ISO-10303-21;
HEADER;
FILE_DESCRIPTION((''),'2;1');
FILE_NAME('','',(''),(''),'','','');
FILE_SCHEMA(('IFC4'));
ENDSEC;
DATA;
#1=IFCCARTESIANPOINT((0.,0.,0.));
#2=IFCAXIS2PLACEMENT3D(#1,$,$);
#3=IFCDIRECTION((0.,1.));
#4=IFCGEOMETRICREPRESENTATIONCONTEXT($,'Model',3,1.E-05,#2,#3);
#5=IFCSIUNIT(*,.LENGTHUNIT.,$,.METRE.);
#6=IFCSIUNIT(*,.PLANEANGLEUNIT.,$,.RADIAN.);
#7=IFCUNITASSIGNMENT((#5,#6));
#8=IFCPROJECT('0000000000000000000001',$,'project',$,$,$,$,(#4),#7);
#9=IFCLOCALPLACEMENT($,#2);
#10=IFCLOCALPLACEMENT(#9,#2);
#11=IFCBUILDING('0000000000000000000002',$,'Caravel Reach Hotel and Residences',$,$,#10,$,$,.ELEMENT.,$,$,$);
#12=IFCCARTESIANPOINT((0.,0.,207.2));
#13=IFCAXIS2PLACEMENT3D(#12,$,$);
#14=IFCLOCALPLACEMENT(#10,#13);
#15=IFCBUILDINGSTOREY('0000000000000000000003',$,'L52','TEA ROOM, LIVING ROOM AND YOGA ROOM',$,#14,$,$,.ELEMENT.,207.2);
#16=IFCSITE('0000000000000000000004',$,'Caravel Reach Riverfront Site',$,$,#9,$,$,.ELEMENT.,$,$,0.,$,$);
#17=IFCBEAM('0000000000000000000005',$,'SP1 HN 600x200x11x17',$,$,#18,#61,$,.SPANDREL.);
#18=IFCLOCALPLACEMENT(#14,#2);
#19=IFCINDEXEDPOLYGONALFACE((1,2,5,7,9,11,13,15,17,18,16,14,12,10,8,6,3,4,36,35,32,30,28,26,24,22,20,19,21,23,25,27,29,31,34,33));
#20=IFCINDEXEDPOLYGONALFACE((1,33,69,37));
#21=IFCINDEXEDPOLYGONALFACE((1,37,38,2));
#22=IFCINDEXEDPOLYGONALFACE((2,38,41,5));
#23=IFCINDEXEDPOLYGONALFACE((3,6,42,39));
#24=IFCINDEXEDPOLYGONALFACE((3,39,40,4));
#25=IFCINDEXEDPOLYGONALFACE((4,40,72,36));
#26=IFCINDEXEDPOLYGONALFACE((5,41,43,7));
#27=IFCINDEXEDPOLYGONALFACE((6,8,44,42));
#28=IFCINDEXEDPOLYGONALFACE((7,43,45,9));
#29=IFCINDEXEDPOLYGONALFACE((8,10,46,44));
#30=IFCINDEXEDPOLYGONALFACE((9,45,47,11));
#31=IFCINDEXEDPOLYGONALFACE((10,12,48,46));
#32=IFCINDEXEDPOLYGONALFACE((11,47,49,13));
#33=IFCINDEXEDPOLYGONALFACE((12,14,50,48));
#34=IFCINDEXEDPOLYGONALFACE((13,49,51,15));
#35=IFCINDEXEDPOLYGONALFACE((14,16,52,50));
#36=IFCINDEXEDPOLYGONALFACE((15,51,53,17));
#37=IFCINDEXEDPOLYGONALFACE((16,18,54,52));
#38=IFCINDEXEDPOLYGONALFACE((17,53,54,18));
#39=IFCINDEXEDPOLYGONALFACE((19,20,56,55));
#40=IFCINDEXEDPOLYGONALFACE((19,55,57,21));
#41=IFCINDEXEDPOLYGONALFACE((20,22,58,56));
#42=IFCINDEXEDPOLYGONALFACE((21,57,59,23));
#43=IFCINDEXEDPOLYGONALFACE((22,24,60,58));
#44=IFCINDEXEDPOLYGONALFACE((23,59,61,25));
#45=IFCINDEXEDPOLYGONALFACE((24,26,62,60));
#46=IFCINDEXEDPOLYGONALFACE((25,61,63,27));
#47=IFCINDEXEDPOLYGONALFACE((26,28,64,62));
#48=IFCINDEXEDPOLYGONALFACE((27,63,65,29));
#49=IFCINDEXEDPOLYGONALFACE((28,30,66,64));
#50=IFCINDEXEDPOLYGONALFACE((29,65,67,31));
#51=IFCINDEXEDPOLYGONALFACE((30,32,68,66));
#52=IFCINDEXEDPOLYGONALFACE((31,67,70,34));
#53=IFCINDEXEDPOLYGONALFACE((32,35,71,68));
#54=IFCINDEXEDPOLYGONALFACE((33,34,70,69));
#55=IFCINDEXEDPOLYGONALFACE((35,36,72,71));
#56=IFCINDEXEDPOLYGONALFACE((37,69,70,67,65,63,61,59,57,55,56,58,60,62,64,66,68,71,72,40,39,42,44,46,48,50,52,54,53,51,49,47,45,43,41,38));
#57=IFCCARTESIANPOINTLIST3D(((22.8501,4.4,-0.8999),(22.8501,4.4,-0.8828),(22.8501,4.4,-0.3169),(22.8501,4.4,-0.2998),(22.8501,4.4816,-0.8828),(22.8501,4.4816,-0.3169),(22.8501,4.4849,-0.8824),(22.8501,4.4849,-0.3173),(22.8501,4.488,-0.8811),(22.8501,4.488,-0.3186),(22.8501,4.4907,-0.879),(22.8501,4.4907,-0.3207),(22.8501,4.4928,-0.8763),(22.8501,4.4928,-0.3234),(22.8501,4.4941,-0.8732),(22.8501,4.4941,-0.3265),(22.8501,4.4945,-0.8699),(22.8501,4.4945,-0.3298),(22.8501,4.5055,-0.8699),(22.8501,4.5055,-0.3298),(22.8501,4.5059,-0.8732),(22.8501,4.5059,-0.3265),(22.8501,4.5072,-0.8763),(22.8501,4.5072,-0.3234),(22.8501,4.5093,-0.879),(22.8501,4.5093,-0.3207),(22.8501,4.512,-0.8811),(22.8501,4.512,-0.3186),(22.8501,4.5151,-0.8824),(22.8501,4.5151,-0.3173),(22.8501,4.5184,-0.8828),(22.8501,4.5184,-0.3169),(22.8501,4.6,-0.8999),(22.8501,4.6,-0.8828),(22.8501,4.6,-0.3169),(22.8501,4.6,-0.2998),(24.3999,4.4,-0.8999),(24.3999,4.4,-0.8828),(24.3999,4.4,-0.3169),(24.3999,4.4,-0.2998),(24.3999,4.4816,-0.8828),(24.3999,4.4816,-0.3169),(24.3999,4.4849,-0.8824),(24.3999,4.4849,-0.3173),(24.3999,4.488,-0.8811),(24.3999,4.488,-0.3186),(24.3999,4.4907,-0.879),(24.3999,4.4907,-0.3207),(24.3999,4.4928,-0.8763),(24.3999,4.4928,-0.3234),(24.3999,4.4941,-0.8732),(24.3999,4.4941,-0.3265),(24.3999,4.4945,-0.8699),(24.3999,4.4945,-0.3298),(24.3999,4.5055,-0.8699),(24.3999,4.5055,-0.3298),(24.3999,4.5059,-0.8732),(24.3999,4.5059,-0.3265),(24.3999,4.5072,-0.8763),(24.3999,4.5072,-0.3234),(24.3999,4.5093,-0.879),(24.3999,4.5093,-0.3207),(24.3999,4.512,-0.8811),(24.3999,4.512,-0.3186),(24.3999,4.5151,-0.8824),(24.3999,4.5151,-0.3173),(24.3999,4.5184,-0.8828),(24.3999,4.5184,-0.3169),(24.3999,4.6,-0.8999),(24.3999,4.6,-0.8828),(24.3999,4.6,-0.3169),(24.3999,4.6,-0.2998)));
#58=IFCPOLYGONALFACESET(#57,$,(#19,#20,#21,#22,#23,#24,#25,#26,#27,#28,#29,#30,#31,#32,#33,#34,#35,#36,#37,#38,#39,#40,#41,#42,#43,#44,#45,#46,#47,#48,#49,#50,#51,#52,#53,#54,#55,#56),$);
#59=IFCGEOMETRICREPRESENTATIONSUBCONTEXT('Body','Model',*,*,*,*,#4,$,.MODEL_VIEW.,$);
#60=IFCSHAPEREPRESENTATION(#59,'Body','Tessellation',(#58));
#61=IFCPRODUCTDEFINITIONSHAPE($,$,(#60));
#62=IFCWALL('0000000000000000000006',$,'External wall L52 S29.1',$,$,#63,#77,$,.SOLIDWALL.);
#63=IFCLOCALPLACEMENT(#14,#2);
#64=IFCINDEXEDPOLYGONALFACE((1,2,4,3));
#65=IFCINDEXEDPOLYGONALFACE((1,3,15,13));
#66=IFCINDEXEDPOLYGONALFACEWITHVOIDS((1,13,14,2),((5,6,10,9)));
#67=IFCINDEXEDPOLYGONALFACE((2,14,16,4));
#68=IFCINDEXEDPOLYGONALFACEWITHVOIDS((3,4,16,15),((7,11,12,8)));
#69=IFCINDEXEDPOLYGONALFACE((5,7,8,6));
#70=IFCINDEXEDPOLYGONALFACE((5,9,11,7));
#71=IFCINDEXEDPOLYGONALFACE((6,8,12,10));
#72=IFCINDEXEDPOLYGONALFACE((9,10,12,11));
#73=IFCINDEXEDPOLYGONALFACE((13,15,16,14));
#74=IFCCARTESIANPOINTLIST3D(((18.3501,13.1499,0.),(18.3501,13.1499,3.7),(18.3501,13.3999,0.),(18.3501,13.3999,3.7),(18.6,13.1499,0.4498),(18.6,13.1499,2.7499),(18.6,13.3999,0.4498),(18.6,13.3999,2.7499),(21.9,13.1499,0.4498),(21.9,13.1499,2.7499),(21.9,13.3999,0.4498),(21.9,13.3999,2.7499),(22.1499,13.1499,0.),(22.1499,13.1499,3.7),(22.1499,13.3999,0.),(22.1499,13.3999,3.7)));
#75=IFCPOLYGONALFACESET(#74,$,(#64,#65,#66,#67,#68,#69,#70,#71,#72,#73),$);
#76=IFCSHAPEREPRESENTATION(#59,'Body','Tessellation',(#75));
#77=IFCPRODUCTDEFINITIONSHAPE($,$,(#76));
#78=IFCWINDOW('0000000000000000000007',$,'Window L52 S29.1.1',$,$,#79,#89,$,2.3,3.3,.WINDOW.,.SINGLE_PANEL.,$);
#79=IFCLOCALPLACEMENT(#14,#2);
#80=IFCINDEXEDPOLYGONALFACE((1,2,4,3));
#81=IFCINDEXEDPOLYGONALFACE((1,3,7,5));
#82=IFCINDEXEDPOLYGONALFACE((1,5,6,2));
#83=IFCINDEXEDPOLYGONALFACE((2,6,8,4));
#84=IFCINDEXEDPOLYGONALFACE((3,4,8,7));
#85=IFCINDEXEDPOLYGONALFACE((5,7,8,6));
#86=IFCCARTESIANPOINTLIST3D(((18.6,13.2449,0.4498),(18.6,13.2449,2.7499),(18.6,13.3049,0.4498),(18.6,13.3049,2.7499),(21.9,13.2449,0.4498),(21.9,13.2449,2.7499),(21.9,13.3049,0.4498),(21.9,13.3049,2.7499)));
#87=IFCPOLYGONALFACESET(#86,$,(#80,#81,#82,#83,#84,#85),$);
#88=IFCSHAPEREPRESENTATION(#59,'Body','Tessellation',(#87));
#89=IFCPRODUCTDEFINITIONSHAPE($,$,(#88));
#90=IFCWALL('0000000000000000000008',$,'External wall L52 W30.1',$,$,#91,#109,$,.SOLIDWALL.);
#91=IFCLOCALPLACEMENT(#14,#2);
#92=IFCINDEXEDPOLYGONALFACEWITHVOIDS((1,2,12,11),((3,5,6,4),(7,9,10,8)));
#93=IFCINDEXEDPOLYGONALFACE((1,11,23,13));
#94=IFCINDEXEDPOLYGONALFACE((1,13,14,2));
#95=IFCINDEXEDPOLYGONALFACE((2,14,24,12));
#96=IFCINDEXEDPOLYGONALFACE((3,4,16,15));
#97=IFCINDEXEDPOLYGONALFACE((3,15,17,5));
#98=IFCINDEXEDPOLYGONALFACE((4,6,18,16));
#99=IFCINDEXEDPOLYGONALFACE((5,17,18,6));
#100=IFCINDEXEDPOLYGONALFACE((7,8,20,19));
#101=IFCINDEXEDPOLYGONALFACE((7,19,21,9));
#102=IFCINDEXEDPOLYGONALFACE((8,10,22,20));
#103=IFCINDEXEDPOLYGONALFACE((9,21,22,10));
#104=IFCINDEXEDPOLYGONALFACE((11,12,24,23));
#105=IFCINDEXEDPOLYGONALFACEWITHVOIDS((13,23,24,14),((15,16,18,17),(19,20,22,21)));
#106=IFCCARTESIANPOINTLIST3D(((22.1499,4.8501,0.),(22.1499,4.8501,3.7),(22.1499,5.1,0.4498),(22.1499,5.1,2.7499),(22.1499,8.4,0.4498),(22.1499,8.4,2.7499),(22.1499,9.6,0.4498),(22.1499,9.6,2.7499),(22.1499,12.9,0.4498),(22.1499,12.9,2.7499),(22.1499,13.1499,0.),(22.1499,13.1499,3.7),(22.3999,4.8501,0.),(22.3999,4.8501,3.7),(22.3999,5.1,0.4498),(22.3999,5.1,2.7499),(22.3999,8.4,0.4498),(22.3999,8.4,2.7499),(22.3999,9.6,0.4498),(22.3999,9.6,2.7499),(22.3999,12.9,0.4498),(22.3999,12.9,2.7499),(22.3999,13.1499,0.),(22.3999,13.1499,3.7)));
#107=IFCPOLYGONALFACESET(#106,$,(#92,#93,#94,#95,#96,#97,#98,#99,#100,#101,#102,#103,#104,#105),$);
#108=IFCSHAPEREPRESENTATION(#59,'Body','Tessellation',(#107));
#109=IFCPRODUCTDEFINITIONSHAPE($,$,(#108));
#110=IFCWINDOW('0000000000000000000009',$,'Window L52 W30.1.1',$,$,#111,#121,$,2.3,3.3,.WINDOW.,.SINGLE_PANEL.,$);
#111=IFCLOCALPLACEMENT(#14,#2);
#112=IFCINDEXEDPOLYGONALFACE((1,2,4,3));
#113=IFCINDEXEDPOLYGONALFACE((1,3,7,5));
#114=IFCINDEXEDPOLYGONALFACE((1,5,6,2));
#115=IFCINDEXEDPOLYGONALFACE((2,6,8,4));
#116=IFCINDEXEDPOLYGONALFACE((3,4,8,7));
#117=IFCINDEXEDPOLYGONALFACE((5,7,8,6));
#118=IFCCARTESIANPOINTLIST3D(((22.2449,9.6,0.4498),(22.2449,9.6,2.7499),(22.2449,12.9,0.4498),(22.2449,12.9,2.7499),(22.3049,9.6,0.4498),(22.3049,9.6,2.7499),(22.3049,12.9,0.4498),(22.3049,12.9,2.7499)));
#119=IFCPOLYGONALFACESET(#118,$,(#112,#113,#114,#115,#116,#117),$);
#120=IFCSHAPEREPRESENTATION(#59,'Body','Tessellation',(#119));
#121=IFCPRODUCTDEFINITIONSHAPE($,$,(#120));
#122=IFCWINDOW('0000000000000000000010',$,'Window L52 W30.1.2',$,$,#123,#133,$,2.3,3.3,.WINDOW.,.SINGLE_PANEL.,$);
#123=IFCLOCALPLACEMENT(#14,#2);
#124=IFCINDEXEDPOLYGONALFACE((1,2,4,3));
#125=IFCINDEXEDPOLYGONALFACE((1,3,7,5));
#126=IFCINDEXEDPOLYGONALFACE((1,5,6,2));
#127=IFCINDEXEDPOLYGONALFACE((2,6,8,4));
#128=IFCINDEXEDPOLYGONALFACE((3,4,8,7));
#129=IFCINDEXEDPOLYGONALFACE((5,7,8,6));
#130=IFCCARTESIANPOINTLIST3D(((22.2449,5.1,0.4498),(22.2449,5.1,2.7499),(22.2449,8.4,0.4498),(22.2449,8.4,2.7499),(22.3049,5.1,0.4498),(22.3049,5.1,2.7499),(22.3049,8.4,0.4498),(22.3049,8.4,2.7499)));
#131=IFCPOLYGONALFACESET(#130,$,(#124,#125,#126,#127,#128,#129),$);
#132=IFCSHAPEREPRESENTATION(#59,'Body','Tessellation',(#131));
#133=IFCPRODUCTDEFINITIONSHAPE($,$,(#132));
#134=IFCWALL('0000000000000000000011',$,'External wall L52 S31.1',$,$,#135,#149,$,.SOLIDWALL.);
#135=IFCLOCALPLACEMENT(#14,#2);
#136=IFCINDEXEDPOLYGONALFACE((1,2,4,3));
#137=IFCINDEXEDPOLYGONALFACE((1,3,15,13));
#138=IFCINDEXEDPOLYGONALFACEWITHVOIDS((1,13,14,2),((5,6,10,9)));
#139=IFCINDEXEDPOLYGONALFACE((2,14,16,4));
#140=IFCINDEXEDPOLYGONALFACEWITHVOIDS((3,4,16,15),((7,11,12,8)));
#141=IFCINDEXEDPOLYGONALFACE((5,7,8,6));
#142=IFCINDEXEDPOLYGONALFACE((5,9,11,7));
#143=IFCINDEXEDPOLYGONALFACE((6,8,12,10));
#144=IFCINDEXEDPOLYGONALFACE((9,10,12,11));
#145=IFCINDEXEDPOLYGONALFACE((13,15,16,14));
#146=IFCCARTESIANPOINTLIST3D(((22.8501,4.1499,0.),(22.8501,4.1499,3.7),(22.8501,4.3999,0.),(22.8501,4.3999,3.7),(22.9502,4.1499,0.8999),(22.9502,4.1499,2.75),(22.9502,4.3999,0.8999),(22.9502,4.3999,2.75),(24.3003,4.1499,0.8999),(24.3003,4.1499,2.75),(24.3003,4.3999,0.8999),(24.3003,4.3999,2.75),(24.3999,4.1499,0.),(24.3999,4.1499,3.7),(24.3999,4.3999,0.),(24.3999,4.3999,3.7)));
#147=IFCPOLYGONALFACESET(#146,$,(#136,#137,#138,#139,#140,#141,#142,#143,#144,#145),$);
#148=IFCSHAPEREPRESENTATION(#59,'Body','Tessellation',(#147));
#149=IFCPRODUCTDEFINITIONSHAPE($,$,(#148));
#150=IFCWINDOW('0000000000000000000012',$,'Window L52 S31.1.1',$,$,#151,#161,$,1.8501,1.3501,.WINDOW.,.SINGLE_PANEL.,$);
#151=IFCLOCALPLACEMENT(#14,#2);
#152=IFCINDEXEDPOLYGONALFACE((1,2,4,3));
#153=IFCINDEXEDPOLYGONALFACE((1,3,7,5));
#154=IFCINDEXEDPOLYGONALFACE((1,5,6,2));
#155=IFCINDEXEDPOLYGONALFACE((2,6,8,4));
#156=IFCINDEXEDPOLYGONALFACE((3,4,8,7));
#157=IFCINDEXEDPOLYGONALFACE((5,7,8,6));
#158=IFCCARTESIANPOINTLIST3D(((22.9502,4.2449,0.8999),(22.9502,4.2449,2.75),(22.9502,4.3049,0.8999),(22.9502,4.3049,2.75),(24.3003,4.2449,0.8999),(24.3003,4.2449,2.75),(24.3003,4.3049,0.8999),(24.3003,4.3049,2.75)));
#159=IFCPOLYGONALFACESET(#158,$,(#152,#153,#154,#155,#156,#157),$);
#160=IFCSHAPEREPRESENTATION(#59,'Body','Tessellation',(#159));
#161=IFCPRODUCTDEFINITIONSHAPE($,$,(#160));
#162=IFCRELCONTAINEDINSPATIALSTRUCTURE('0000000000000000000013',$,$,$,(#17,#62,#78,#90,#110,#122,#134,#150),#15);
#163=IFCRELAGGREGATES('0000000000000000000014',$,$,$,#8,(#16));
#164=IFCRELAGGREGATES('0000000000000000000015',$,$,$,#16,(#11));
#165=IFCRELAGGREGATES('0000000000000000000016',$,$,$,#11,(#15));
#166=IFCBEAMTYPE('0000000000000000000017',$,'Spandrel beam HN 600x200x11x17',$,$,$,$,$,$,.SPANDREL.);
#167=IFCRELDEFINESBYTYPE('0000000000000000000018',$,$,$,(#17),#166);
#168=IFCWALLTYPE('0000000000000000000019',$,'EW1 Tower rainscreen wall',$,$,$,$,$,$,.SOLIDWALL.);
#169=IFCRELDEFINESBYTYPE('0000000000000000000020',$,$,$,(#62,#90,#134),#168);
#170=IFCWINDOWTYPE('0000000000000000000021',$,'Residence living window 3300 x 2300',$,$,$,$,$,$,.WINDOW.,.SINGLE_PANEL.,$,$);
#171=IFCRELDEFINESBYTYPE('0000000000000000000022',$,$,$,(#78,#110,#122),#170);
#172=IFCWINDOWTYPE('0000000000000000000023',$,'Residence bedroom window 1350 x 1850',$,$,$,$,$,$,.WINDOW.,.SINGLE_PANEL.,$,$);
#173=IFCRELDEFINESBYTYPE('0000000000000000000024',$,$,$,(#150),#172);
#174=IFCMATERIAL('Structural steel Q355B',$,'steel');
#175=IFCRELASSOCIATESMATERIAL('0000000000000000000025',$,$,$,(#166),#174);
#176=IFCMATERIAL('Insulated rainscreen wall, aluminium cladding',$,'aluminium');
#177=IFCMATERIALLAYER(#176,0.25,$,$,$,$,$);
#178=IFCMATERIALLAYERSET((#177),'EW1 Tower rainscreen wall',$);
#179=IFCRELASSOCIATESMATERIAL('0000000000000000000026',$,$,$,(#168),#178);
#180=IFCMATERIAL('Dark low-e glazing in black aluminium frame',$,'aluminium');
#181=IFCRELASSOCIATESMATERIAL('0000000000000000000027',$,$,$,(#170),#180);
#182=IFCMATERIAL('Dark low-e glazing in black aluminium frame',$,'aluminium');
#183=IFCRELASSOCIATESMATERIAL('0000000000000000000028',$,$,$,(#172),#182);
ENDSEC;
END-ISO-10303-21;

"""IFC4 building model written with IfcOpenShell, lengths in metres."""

from ifc_helpers import new_model, si_unit, direction, frame, frame_2d, origin, origin_2d, place, context, subcontext, project, spatial, rectangle, i_section, extrude, material, layer, layer_set, material_profile, profile_set, type_object, element, fill, save


model = new_model("IFC4")

# Units and contexts
model_context = context("Model", 3, precision=1e-05, world=origin(), true_north=direction((0.0, 1.0)))
body_context = subcontext(model_context, "Body", "Model", "MODEL_VIEW")
ifc_project = project(units=[si_unit("LENGTHUNIT", "METRE"), si_unit("PLANEANGLEUNIT", "RADIAN")], contexts=[model_context])

# Site, building, storey
site_placement = place(None, origin())
site = spatial("IfcSite", under=ifc_project, at=site_placement, Name="Caravel Reach Riverfront Site", CompositionType="ELEMENT", RefElevation=0.0)
building_placement = place(site_placement, origin())
building = spatial("IfcBuilding", under=site, at=building_placement, Name="Caravel Reach Hotel and Residences", CompositionType="ELEMENT")
storey_placement = place(building_placement, frame((0.0, 0.0, 207.2)))
storey = spatial("IfcBuildingStorey", under=building, at=storey_placement, Name="L52", Description="TEA ROOM, LIVING ROOM AND YOGA ROOM", CompositionType="ELEMENT", Elevation=207.2)

# Beam
ifc_material_1 = material(Name="Structural steel Q355B", Category="steel")
ifc_material_profile_1 = material_profile(ifc_material_1, i_section(OverallWidth=0.2, OverallDepth=0.6001, WebThickness=0.011, FlangeThickness=0.0171, FilletRadius=0.0129, at=origin_2d()), Name="HN 600x200x11x17")
ifc_profile_set_1 = profile_set([ifc_material_profile_1], Name="Structural steel Q355B")
beam_type_1 = type_object("IfcBeamType", Name="Spandrel beam HN 600x200x11x17", PredefinedType="SPANDREL", material=ifc_profile_set_1)
beam_1_placement = place(storey_placement, frame((22.8501, 4.5, -0.5999), z_axis=(1.0, 0.0, 0.0), x_axis=(0.0, 1.0, 0.0)))
element("IfcBeam", 1, at=beam_1_placement, inside=storey, type_object=beam_type_1, Name="SP1 HN 600x200x11x17", PredefinedType="SPANDREL", context=body_context, shape_type="SweptSolid", body=[
    extrude(i_section(OverallWidth=0.2, OverallDepth=0.6001, WebThickness=0.011, FlangeThickness=0.0171, FilletRadius=0.0129, at=origin_2d()), origin(), (0.0, 0.0, 1.0), 1.5498),
])

# Wall, opening, window
ifc_material_2 = material(Name="Insulated rainscreen wall, aluminium cladding", Category="aluminium")
ifc_layer_1 = layer(ifc_material_2, 0.25)
ifc_layer_set_1 = layer_set([ifc_layer_1], Name="EW1 Tower rainscreen wall")
wall_type_1 = type_object("IfcWallType", Name="EW1 Tower rainscreen wall", PredefinedType="SOLIDWALL", material=ifc_layer_set_1)
wall_1_placement = place(storey_placement, frame((18.3501, 13.2749, 0.0), z_axis=(0.0, 0.0, 1.0), x_axis=(1.0, 0.0, 0.0)))
wall_1 = element("IfcWall", 2, at=wall_1_placement, inside=storey, type_object=wall_type_1, Name="External wall L52 S29.1", PredefinedType="SOLIDWALL", context=body_context, shape_type="SweptSolid", body=[
    extrude(rectangle(XDim=3.7998, YDim=0.25, at=frame_2d((1.8999, 0.0))), origin(), (0.0, 0.0, 1.0), 3.7),
])
opening_1_placement = place(wall_1_placement, frame((0.25, 0.0, 0.45)))
opening_1 = element("IfcOpeningElement", 3, at=opening_1_placement, cuts=wall_1, PredefinedType="OPENING", context=body_context, shape_type="SweptSolid", body=[
    extrude(rectangle(XDim=3.3, YDim=2.3, at=frame_2d((1.6499, 1.1499))), frame((0.0, 0.135, 0.0), z_axis=(0.0, -1.0, 0.0), x_axis=(1.0, 0.0, 0.0)), (0.0, 0.0, 1.0), 0.27),
])
ifc_material_3 = material(Name="Dark low-e glazing in black aluminium frame", Category="aluminium")
window_type_1 = type_object("IfcWindowType", Name="Residence living window 3300 x 2300", PartitioningType="SINGLE_PANEL", PredefinedType="WINDOW", material=ifc_material_3)
window_1_placement = place(opening_1_placement, origin())
window_1 = element("IfcWindow", 4, at=window_1_placement, inside=storey, type_object=window_type_1, Name="Window L52 S29.1.1", OverallHeight=2.3, OverallWidth=3.3, PartitioningType="SINGLE_PANEL", PredefinedType="WINDOW", context=body_context, shape_type="SweptSolid", body=[
    extrude(rectangle(XDim=3.3, YDim=2.3, at=frame_2d((1.6499, 1.1499))), frame((0.0, 0.03, 0.0), z_axis=(0.0, -1.0, 0.0), x_axis=(1.0, 0.0, 0.0)), (0.0, 0.0, 1.0), 0.0601),
])
fill(opening_1, window_1)

# Wall, openings, windows
wall_2_placement = place(storey_placement, frame((22.2749, 13.1499, 0.0), z_axis=(0.0, 0.0, 1.0), x_axis=(0.0, -1.0, 0.0)))
wall_2 = element("IfcWall", 5, at=wall_2_placement, inside=storey, type_object=wall_type_1, Name="External wall L52 W30.1", PredefinedType="SOLIDWALL", context=body_context, shape_type="SweptSolid", body=[
    extrude(rectangle(XDim=8.2998, YDim=0.25, at=frame_2d((4.1499, 0.0))), origin(), (0.0, 0.0, 1.0), 3.7),
])
opening_2_placement = place(wall_2_placement, frame((0.25, 0.0, 0.45)))
opening_2 = element("IfcOpeningElement", 6, at=opening_2_placement, cuts=wall_2, PredefinedType="OPENING", context=body_context, shape_type="SweptSolid", body=[
    extrude(rectangle(XDim=3.3, YDim=2.3, at=frame_2d((1.6499, 1.1499))), frame((0.0, 0.135, 0.0), z_axis=(0.0, -1.0, 0.0), x_axis=(1.0, 0.0, 0.0)), (0.0, 0.0, 1.0), 0.27),
])
opening_3_placement = place(wall_2_placement, frame((4.75, 0.0, 0.45)))
opening_3 = element("IfcOpeningElement", 7, at=opening_3_placement, cuts=wall_2, PredefinedType="OPENING", context=body_context, shape_type="SweptSolid", body=[
    extrude(rectangle(XDim=3.3, YDim=2.3, at=frame_2d((1.6499, 1.1499))), frame((0.0, 0.135, 0.0), z_axis=(0.0, -1.0, 0.0), x_axis=(1.0, 0.0, 0.0)), (0.0, 0.0, 1.0), 0.27),
])
window_2_placement = place(opening_2_placement, origin())
window_2 = element("IfcWindow", 8, at=window_2_placement, inside=storey, type_object=window_type_1, Name="Window L52 W30.1.1", OverallHeight=2.3, OverallWidth=3.3, PartitioningType="SINGLE_PANEL", PredefinedType="WINDOW", context=body_context, shape_type="SweptSolid", body=[
    extrude(rectangle(XDim=3.3, YDim=2.3, at=frame_2d((1.6499, 1.1499))), frame((0.0, 0.03, 0.0), z_axis=(0.0, -1.0, 0.0), x_axis=(1.0, 0.0, 0.0)), (0.0, 0.0, 1.0), 0.0601),
])
fill(opening_2, window_2)
window_3_placement = place(opening_3_placement, origin())
window_3 = element("IfcWindow", 9, at=window_3_placement, inside=storey, type_object=window_type_1, Name="Window L52 W30.1.2", OverallHeight=2.3, OverallWidth=3.3, PartitioningType="SINGLE_PANEL", PredefinedType="WINDOW", context=body_context, shape_type="SweptSolid", body=[
    extrude(rectangle(XDim=3.3, YDim=2.3, at=frame_2d((1.6499, 1.1499))), frame((0.0, 0.03, 0.0), z_axis=(0.0, -1.0, 0.0), x_axis=(1.0, 0.0, 0.0)), (0.0, 0.0, 1.0), 0.0601),
])
fill(opening_3, window_3)

# Wall, opening, window
wall_3_placement = place(storey_placement, frame((22.8501, 4.2749, 0.0), z_axis=(0.0, 0.0, 1.0), x_axis=(1.0, 0.0, 0.0)))
wall_3 = element("IfcWall", 10, at=wall_3_placement, inside=storey, type_object=wall_type_1, Name="External wall L52 S31.1", PredefinedType="SOLIDWALL", context=body_context, shape_type="SweptSolid", body=[
    extrude(rectangle(XDim=1.5498, YDim=0.25, at=frame_2d((0.7749, 0.0))), origin(), (0.0, 0.0, 1.0), 3.7),
])
opening_4_placement = place(wall_3_placement, frame((0.1001, 0.0, 0.8999)))
opening_4 = element("IfcOpeningElement", 11, at=opening_4_placement, cuts=wall_3, PredefinedType="OPENING", context=body_context, shape_type="SweptSolid", body=[
    extrude(rectangle(XDim=1.3501, YDim=1.8501, at=frame_2d((0.675, 0.925))), frame((0.0, 0.135, 0.0), z_axis=(0.0, -1.0, 0.0), x_axis=(1.0, 0.0, 0.0)), (0.0, 0.0, 1.0), 0.27),
])
ifc_material_4 = material(Name="Dark low-e glazing in black aluminium frame", Category="aluminium")
window_type_2 = type_object("IfcWindowType", Name="Residence bedroom window 1350 x 1850", PartitioningType="SINGLE_PANEL", PredefinedType="WINDOW", material=ifc_material_4)
window_4_placement = place(opening_4_placement, origin())
window_4 = element("IfcWindow", 12, at=window_4_placement, inside=storey, type_object=window_type_2, Name="Window L52 S31.1.1", OverallHeight=1.8501, OverallWidth=1.3501, PartitioningType="SINGLE_PANEL", PredefinedType="WINDOW", context=body_context, shape_type="SweptSolid", body=[
    extrude(rectangle(XDim=1.3501, YDim=1.8501, at=frame_2d((0.675, 0.925))), frame((0.0, 0.03, 0.0), z_axis=(0.0, -1.0, 0.0), x_axis=(1.0, 0.0, 0.0)), (0.0, 0.0, 1.0), 0.0601),
])
fill(opening_4, window_4)

save(model, "model.ifc")
